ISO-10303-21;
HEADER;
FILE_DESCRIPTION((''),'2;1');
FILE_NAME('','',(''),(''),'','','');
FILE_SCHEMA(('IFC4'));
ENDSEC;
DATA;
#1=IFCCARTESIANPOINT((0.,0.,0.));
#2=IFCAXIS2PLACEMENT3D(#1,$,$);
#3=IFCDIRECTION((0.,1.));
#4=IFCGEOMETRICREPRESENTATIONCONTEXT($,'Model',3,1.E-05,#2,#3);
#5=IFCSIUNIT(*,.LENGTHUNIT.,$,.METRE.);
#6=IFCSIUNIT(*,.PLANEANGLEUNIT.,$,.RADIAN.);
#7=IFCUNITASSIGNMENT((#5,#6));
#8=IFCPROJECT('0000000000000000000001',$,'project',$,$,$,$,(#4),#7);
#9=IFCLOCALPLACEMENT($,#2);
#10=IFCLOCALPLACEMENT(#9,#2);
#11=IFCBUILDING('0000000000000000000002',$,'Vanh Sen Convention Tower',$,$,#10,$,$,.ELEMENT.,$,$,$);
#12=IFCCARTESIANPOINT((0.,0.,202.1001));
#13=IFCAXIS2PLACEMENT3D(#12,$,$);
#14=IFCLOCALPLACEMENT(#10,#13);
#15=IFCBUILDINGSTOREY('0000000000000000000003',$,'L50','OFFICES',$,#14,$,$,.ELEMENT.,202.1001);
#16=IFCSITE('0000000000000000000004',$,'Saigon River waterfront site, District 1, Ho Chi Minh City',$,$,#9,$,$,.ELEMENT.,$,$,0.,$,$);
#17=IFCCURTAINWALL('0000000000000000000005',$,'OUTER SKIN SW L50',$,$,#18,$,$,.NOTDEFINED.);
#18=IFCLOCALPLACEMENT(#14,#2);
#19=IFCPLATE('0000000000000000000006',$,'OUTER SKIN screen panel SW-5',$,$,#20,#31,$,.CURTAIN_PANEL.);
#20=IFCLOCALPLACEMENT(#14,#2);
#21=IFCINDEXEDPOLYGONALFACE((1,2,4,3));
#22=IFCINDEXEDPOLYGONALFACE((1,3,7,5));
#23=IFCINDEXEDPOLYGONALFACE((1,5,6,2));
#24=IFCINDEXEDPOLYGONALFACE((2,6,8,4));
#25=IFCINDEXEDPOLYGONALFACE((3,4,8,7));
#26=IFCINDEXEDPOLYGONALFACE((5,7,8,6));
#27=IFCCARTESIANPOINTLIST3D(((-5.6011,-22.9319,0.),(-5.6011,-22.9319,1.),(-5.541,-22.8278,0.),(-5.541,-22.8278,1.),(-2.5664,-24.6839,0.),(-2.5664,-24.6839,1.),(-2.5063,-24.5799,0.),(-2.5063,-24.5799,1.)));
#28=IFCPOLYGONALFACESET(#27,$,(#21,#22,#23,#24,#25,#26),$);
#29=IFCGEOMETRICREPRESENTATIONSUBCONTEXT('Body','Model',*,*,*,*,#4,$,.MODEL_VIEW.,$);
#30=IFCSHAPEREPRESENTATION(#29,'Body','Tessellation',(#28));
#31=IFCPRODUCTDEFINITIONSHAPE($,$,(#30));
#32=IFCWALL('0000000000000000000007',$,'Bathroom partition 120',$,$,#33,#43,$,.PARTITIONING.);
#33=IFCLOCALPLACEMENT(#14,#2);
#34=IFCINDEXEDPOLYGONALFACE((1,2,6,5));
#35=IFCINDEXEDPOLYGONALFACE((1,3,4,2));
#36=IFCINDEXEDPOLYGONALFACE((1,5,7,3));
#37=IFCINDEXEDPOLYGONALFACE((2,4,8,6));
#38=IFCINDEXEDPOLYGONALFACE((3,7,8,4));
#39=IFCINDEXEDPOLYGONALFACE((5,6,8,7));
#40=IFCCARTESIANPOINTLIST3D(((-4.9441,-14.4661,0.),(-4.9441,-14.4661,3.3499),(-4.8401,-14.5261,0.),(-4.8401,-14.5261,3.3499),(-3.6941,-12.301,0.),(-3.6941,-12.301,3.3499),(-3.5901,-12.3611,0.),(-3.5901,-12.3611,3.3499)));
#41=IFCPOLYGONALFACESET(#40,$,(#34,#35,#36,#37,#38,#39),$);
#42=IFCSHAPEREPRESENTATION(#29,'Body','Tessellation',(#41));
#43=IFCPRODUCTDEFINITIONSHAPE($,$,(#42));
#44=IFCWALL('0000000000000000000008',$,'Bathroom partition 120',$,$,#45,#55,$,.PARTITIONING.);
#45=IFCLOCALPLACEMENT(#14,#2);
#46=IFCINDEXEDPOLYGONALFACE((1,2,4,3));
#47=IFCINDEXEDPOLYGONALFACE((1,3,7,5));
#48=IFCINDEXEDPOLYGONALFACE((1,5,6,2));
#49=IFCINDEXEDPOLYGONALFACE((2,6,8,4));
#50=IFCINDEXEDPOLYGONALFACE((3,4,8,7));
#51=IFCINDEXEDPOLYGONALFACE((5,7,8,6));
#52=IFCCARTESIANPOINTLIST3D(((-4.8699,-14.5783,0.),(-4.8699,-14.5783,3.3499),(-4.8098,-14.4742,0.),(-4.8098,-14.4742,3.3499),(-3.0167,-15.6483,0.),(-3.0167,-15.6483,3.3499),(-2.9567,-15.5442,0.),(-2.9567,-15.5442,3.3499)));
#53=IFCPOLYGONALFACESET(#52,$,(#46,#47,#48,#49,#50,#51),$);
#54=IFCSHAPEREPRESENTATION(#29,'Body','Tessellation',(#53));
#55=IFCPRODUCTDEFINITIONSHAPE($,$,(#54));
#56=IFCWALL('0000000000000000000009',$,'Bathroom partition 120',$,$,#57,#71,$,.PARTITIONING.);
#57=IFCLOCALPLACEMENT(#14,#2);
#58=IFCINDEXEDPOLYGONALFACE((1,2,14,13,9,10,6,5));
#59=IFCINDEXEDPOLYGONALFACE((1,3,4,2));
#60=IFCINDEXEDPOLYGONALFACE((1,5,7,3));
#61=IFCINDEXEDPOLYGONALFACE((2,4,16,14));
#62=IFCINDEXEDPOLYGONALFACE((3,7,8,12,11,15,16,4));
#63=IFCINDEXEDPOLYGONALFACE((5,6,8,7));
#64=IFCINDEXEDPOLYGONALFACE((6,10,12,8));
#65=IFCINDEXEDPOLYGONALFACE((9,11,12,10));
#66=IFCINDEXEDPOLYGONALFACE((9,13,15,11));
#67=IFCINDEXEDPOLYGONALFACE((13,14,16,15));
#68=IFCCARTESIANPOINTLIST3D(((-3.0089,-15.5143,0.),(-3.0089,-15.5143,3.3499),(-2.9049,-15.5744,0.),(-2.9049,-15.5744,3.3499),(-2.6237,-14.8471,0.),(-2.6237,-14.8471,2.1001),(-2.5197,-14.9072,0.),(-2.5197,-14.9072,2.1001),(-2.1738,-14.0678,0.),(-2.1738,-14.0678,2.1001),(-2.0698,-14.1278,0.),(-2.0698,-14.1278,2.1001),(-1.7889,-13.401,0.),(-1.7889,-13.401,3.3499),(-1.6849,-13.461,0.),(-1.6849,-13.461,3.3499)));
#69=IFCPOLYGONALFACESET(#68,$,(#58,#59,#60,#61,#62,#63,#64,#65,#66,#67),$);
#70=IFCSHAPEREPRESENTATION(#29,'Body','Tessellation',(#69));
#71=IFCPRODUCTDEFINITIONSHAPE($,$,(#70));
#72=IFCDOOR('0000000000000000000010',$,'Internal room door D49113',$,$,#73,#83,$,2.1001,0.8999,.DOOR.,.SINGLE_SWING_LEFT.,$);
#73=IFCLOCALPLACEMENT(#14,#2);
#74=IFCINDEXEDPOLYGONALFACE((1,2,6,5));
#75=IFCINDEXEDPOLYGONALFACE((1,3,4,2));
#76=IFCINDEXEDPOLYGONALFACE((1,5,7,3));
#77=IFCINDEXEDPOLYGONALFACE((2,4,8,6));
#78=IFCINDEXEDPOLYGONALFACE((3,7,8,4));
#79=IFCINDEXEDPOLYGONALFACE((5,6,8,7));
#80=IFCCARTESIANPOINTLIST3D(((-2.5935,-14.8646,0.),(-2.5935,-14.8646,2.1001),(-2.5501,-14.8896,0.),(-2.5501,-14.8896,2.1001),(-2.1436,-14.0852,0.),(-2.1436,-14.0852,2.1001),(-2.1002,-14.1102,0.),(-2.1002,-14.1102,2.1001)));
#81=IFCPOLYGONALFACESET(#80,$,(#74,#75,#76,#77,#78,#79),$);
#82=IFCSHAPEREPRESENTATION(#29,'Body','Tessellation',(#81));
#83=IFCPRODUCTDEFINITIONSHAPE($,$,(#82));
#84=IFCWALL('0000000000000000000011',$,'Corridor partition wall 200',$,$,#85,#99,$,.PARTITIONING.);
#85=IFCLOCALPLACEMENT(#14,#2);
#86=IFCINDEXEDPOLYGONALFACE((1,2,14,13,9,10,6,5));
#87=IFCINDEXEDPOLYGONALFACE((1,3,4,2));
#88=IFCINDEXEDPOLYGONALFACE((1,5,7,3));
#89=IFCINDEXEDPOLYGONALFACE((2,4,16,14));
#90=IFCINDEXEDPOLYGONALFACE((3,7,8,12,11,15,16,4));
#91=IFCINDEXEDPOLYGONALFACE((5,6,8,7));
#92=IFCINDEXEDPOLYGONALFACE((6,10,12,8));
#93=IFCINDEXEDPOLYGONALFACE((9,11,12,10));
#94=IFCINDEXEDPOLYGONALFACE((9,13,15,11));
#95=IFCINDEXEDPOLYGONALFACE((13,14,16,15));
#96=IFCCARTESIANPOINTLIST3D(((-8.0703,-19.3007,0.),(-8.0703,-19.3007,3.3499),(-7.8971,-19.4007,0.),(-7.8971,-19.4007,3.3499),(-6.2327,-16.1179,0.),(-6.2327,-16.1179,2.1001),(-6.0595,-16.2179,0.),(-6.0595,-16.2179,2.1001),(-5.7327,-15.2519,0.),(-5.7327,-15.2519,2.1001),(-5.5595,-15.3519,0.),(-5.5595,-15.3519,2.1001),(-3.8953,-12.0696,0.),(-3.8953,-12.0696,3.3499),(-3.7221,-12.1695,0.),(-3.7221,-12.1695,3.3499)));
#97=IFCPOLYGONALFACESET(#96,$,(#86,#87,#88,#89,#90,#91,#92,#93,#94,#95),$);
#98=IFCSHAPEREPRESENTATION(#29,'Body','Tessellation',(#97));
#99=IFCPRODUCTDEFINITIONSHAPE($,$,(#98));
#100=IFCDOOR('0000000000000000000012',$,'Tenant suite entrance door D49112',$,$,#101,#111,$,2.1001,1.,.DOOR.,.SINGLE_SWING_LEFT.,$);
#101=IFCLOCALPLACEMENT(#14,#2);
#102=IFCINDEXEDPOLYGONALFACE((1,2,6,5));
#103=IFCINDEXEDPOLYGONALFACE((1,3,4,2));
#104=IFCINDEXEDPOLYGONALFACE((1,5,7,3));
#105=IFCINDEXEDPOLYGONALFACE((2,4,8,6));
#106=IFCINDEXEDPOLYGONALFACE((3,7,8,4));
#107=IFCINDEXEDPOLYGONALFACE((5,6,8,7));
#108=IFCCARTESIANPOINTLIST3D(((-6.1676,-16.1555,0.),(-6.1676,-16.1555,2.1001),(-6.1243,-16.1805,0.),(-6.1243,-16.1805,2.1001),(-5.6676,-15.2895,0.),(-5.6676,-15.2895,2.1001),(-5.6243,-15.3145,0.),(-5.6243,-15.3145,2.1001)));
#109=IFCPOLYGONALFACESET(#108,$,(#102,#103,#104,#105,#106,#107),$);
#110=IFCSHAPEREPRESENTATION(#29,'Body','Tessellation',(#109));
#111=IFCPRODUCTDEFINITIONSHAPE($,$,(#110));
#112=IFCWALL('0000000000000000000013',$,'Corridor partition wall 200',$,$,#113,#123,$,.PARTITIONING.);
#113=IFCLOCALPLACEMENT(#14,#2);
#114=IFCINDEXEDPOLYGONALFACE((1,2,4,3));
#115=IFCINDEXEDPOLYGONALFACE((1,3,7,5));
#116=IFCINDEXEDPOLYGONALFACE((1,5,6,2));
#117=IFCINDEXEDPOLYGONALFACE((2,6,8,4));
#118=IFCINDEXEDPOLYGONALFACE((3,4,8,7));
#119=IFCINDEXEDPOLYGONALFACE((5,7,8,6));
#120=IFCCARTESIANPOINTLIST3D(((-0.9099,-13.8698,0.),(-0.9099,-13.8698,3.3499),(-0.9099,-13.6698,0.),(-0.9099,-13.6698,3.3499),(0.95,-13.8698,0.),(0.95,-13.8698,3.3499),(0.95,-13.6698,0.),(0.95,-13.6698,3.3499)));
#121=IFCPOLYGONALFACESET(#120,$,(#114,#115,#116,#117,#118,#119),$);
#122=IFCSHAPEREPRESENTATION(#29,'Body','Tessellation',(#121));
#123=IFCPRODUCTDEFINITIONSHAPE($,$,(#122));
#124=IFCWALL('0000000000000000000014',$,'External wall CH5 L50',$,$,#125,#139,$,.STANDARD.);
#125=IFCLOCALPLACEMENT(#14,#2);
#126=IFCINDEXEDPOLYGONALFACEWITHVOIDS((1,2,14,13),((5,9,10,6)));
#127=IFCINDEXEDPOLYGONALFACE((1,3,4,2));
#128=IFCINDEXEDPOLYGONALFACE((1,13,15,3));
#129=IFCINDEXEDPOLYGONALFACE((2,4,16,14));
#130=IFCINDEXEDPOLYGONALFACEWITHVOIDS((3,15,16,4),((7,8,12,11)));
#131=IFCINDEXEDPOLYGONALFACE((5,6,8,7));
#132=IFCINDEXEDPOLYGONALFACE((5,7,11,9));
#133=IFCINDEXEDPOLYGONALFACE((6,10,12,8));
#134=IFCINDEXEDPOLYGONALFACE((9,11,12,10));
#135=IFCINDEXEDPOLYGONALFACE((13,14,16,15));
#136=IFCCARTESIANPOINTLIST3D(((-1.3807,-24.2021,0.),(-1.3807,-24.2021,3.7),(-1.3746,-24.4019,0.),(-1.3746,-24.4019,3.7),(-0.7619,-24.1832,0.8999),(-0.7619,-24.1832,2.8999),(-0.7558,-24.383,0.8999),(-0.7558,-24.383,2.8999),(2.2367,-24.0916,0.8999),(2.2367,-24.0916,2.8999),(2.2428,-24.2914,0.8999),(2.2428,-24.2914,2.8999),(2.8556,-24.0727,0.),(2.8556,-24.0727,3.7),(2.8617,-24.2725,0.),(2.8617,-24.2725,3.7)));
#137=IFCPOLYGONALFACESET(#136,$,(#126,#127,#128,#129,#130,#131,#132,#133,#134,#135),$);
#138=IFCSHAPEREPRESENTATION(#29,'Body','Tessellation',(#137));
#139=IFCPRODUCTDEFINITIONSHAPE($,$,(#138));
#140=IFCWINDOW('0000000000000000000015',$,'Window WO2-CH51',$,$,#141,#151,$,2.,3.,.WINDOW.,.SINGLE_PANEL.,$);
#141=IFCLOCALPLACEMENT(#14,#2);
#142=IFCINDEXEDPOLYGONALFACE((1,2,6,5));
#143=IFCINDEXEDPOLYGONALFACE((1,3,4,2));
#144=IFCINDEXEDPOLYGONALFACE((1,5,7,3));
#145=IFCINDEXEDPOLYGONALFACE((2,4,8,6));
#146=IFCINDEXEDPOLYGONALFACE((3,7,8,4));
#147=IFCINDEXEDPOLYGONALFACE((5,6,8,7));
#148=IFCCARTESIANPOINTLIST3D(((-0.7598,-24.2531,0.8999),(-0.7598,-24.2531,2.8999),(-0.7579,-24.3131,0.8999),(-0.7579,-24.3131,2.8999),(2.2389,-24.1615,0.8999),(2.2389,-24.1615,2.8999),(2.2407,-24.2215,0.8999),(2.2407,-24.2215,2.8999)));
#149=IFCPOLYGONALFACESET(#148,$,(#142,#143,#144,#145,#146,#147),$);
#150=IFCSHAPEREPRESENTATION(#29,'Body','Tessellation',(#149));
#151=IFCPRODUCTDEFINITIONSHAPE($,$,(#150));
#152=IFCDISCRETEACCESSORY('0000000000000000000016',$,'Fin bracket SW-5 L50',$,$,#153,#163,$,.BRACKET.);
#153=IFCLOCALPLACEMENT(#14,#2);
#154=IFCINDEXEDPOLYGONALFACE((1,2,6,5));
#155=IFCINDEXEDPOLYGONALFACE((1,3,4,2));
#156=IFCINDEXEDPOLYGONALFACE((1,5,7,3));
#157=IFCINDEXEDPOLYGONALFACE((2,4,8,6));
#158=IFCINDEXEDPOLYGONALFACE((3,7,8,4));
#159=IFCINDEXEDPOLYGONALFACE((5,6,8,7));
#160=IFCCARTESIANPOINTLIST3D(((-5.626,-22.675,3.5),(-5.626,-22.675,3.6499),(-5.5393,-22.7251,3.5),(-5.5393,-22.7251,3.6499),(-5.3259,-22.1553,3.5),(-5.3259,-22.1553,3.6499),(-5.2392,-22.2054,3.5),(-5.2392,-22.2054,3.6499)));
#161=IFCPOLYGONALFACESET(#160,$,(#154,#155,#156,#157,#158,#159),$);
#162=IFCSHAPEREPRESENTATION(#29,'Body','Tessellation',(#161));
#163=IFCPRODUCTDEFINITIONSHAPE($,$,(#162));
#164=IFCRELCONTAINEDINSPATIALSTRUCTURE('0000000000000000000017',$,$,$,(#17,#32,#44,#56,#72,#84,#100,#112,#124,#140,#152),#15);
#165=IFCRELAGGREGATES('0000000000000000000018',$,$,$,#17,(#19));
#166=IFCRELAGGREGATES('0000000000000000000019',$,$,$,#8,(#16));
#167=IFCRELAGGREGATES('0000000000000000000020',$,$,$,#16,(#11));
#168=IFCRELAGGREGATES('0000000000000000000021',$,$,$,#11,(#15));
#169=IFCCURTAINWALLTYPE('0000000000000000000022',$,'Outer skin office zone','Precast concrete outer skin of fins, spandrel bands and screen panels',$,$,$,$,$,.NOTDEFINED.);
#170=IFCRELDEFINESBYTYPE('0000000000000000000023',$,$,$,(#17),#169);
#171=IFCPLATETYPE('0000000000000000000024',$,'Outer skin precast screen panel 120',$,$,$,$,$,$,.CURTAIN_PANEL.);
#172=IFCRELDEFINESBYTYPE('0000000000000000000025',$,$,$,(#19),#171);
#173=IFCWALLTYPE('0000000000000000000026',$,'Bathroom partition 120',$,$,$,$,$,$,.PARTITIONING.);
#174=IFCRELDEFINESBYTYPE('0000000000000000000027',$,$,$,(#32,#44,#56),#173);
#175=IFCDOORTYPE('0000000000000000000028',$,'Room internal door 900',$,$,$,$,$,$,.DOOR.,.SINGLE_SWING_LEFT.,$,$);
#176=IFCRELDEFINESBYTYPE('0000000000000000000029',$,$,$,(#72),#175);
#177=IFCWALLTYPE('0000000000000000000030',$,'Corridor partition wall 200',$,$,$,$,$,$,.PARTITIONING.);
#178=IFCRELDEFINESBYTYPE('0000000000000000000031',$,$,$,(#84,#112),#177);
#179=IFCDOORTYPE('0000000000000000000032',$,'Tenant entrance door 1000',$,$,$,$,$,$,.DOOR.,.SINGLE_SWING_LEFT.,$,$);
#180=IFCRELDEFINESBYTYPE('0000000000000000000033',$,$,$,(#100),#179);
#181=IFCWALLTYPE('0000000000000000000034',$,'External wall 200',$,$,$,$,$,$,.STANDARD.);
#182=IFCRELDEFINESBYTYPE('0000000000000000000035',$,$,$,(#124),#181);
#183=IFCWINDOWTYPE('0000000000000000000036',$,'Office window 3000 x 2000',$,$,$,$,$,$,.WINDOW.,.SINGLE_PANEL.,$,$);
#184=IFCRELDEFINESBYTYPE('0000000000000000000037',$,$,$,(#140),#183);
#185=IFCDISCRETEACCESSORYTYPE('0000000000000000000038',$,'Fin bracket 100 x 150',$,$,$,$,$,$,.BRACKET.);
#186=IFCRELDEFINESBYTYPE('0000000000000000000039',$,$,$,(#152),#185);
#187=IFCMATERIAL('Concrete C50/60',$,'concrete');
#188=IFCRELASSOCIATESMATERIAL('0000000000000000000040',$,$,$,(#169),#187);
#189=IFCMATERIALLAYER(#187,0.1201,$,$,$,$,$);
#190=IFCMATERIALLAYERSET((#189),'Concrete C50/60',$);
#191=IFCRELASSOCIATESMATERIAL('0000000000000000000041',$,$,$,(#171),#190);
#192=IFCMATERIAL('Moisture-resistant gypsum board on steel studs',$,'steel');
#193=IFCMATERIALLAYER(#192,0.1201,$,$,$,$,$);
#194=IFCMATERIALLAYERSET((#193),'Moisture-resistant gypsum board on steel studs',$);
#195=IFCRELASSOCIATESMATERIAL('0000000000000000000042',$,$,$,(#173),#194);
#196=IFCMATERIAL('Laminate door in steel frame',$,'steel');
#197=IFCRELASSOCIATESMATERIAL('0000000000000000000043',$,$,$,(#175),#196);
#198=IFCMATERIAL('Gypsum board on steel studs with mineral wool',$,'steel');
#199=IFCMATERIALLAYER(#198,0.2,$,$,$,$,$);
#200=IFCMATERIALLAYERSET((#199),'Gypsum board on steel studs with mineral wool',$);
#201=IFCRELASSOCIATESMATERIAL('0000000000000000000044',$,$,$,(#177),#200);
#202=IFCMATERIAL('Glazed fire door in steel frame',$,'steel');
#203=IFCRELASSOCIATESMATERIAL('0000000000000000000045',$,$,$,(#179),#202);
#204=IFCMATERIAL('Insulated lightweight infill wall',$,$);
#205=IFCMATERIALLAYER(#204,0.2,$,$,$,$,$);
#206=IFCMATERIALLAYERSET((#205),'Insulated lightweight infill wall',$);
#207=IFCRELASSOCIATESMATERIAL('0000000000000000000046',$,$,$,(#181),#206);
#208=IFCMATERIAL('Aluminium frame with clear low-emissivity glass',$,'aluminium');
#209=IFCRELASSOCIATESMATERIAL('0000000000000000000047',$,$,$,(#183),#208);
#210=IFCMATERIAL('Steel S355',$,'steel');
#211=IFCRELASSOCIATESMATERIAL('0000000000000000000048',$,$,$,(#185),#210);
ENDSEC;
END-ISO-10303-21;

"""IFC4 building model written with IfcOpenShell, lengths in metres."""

from ifc_helpers import new_model, si_unit, direction, frame, frame_2d, origin, origin_2d, place, context, subcontext, project, spatial, rectangle, extrude, material, layer, layer_set, type_object, element, fill, aggregate, save


model = new_model("IFC4")

# Units and contexts
model_context = context("Model", 3, precision=1e-05, world=origin(), true_north=direction((0.0, 1.0)))
body_context = subcontext(model_context, "Body", "Model", "MODEL_VIEW")
ifc_project = project(units=[si_unit("LENGTHUNIT", "METRE"), si_unit("PLANEANGLEUNIT", "RADIAN")], contexts=[model_context])

# Site, building, storey
site_placement = place(None, origin())
site = spatial("IfcSite", under=ifc_project, at=site_placement, Name="Saigon River waterfront site, District 1, Ho Chi Minh City", CompositionType="ELEMENT", RefElevation=0.0)
building_placement = place(site_placement, origin())
building = spatial("IfcBuilding", under=site, at=building_placement, Name="Vanh Sen Convention Tower", CompositionType="ELEMENT")
storey_placement = place(building_placement, frame((0.0, 0.0, 202.1001)))
storey = spatial("IfcBuildingStorey", under=building, at=storey_placement, Name="L50", Description="OFFICES", CompositionType="ELEMENT", Elevation=202.1001)

# Curtain wall
ifc_material_1 = material(Name="Concrete C50/60", Category="concrete")
curtain_wall_type = type_object("IfcCurtainWallType", Name="Outer skin office zone", Description="Precast concrete outer skin of fins, spandrel bands and screen panels", PredefinedType="NOTDEFINED", material=ifc_material_1)
curtain_wall_1_placement = place(storey_placement, origin())
curtain_wall_1 = element("IfcCurtainWall", 1, at=curtain_wall_1_placement, inside=storey, type_object=curtain_wall_type, Name="OUTER SKIN SW L50", PredefinedType="NOTDEFINED")

# Plate
ifc_layer_1 = layer(ifc_material_1, 0.1201)
ifc_layer_set_1 = layer_set([ifc_layer_1], Name="Concrete C50/60")
plate_type = type_object("IfcPlateType", Name="Outer skin precast screen panel 120", PredefinedType="CURTAIN_PANEL", material=ifc_layer_set_1)
plate_1_placement = place(storey_placement, frame((-4.0537, -23.7559, 0.0), z_axis=(0.0, 0.0, 1.0), x_axis=(0.866035, -0.499983, 0.0)))
plate_1 = element("IfcPlate", 2, at=plate_1_placement, type_object=plate_type, Name="OUTER SKIN screen panel SW-5", PredefinedType="CURTAIN_PANEL", context=body_context, shape_type="SweptSolid", body=[
    extrude(rectangle(XDim=3.5042, YDim=0.1201, at=origin_2d()), origin(), (0.0, 0.0, 1.0), 1.0),
])
aggregate(curtain_wall_1, [plate_1])

# Walls
ifc_material_2 = material(Name="Moisture-resistant gypsum board on steel studs", Category="steel")
ifc_layer_2 = layer(ifc_material_2, 0.1201)
ifc_layer_set_2 = layer_set([ifc_layer_2], Name="Moisture-resistant gypsum board on steel studs")
wall_type_1 = type_object("IfcWallType", Name="Bathroom partition 120", PredefinedType="PARTITIONING", material=ifc_layer_set_2)
wall_1_placement = place(storey_placement, frame((-4.8921, -14.4961, 0.0), z_axis=(0.0, 0.0, 1.0), x_axis=(0.500004, 0.866023, 0.0)))
element("IfcWall", 3, at=wall_1_placement, inside=storey, type_object=wall_type_1, Name="Bathroom partition 120", PredefinedType="PARTITIONING", context=body_context, shape_type="SweptSolid", body=[
    extrude(rectangle(XDim=2.5, YDim=0.1201, at=frame_2d((1.25, 0.0))), origin(), (0.0, 0.0, 1.0), 3.3499),
])
wall_2_placement = place(storey_placement, frame((-2.9868, -15.5962, 0.0), z_axis=(0.0, 0.0, 1.0), x_axis=(-0.866009, 0.500029, 0.0)))
element("IfcWall", 4, at=wall_2_placement, inside=storey, type_object=wall_type_1, Name="Bathroom partition 120", PredefinedType="PARTITIONING", context=body_context, shape_type="SweptSolid", body=[
    extrude(rectangle(XDim=2.1399, YDim=0.1201, at=frame_2d((1.0698, 0.0))), origin(), (0.0, 0.0, 1.0), 3.3499),
])

# Walls, openings, doors
wall_3_placement = place(storey_placement, frame((-1.7368, -13.4309, 0.0), z_axis=(0.0, 0.0, 1.0), x_axis=(-0.499959, -0.866049, 0.0)))
wall_3 = element("IfcWall", 5, at=wall_3_placement, inside=storey, type_object=wall_type_1, Name="Bathroom partition 120", PredefinedType="PARTITIONING", context=body_context, shape_type="SweptSolid", body=[
    extrude(rectangle(XDim=2.4402, YDim=0.1201, at=frame_2d((1.2202, 0.0))), origin(), (0.0, 0.0, 1.0), 3.3499),
])
opening_1_placement = place(wall_3_placement, frame((0.77, 0.0, 0.0)))
opening_1 = element("IfcOpeningElement", 6, at=opening_1_placement, cuts=wall_3, PredefinedType="OPENING", context=body_context, shape_type="SweptSolid", body=[
    extrude(rectangle(XDim=0.8999, YDim=2.1001, at=frame_2d((0.45, 1.05))), frame((0.0, 0.0701, 0.0), z_axis=(0.0, -1.0, 0.0), x_axis=(1.0, 0.0, 0.0)), (0.0, 0.0, 1.0), 0.1401),
])
ifc_material_3 = material(Name="Laminate door in steel frame", Category="steel")
door_type_1 = type_object("IfcDoorType", Name="Room internal door 900", OperationType="SINGLE_SWING_LEFT", PredefinedType="DOOR", material=ifc_material_3)
door_1_placement = place(opening_1_placement, origin())
door_1 = element("IfcDoor", 7, at=door_1_placement, inside=storey, type_object=door_type_1, Name="Internal room door D49113", OperationType="SINGLE_SWING_LEFT", OverallHeight=2.1001, OverallWidth=0.8999, PredefinedType="DOOR", context=body_context, shape_type="SweptSolid", body=[
    extrude(rectangle(XDim=0.8999, YDim=2.1001, at=frame_2d((0.45, 1.05))), frame((0.0, 0.0249, 0.0), z_axis=(0.0, -1.0, 0.0), x_axis=(1.0, 0.0, 0.0)), (0.0, 0.0, 1.0), 0.05),
])
fill(opening_1, door_1)
ifc_material_4 = material(Name="Gypsum board on steel studs with mineral wool", Category="steel")
ifc_layer_3 = layer(ifc_material_4, 0.2)
ifc_layer_set_3 = layer_set([ifc_layer_3], Name="Gypsum board on steel studs with mineral wool")
wall_type_2 = type_object("IfcWallType", Name="Corridor partition wall 200", PredefinedType="PARTITIONING", material=ifc_layer_set_3)
wall_4_placement = place(storey_placement, frame((-7.9836, -19.3506, 0.0), z_axis=(0.0, 0.0, 1.0), x_axis=(0.50001, 0.86602, 0.0)))
wall_4 = element("IfcWall", 8, at=wall_4_placement, inside=storey, type_object=wall_type_2, Name="Corridor partition wall 200", PredefinedType="PARTITIONING", context=body_context, shape_type="SweptSolid", body=[
    extrude(rectangle(XDim=8.3499, YDim=0.2, at=frame_2d((4.1748, 0.0))), origin(), (0.0, 0.0, 1.0), 3.3499),
])
opening_2_placement = place(wall_4_placement, frame((3.675, 0.0, 0.0)))
opening_2 = element("IfcOpeningElement", 9, at=opening_2_placement, cuts=wall_4, PredefinedType="OPENING", context=body_context, shape_type="SweptSolid", body=[
    extrude(rectangle(XDim=1.0, YDim=2.1001, at=frame_2d((0.5, 1.05))), frame((0.0, 0.1099, 0.0), z_axis=(0.0, -1.0, 0.0), x_axis=(1.0, 0.0, 0.0)), (0.0, 0.0, 1.0), 0.22),
])
ifc_material_5 = material(Name="Glazed fire door in steel frame", Category="steel")
door_type_2 = type_object("IfcDoorType", Name="Tenant entrance door 1000", OperationType="SINGLE_SWING_LEFT", PredefinedType="DOOR", material=ifc_material_5)
door_2_placement = place(opening_2_placement, origin())
door_2 = element("IfcDoor", 10, at=door_2_placement, inside=storey, type_object=door_type_2, Name="Tenant suite entrance door D49112", OperationType="SINGLE_SWING_LEFT", OverallHeight=2.1001, OverallWidth=1.0, PredefinedType="DOOR", context=body_context, shape_type="SweptSolid", body=[
    extrude(rectangle(XDim=1.0, YDim=2.1001, at=frame_2d((0.5, 1.05))), frame((0.0, 0.0249, 0.0), z_axis=(0.0, -1.0, 0.0), x_axis=(1.0, 0.0, 0.0)), (0.0, 0.0, 1.0), 0.05),
])
fill(opening_2, door_2)

# Wall
wall_5_placement = place(storey_placement, frame((-0.9099, -13.7698, 0.0), z_axis=(0.0, 0.0, 1.0), x_axis=(1.0, 0.0, 0.0)))
element("IfcWall", 11, at=wall_5_placement, inside=storey, type_object=wall_type_2, Name="Corridor partition wall 200", PredefinedType="PARTITIONING", context=body_context, shape_type="SweptSolid", body=[
    extrude(rectangle(XDim=1.8599, YDim=0.2, at=frame_2d((0.9299, 0.0))), origin(), (0.0, 0.0, 1.0), 3.3499),
])

# Wall, opening, window
ifc_material_6 = material(Name="Insulated lightweight infill wall")
ifc_layer_4 = layer(ifc_material_6, 0.2)
ifc_layer_set_4 = layer_set([ifc_layer_4], Name="Insulated lightweight infill wall")
wall_type_3 = type_object("IfcWallType", Name="External wall 200", PredefinedType="STANDARD", material=ifc_layer_set_4)
wall_6_placement = place(storey_placement, frame((-1.3777, -24.302, 0.0), z_axis=(0.0, 0.0, 1.0), x_axis=(0.999534, 0.03053, 0.0)))
wall_6 = element("IfcWall", 12, at=wall_6_placement, inside=storey, type_object=wall_type_3, Name="External wall CH5 L50", PredefinedType="STANDARD", context=body_context, shape_type="SweptSolid", body=[
    extrude(rectangle(XDim=4.2383, YDim=0.2, at=frame_2d((2.1191, 0.0))), origin(), (0.0, 0.0, 1.0), 3.7),
])
opening_3_placement = place(wall_6_placement, frame((0.6191, 0.0, 0.8999)))
opening_3 = element("IfcOpeningElement", 13, at=opening_3_placement, cuts=wall_6, PredefinedType="OPENING", context=body_context, shape_type="SweptSolid", body=[
    extrude(rectangle(XDim=3.0, YDim=2.0, at=frame_2d((1.5, 1.0))), frame((0.0, 0.1099, 0.0), z_axis=(0.0, -1.0, 0.0), x_axis=(1.0, 0.0, 0.0)), (0.0, 0.0, 1.0), 0.22),
])
ifc_material_7 = material(Name="Aluminium frame with clear low-emissivity glass", Category="aluminium")
window_type = type_object("IfcWindowType", Name="Office window 3000 x 2000", PartitioningType="SINGLE_PANEL", PredefinedType="WINDOW", material=ifc_material_7)
window_placement = place(opening_3_placement, origin())
window = element("IfcWindow", 14, at=window_placement, inside=storey, type_object=window_type, Name="Window WO2-CH51", OverallHeight=2.0, OverallWidth=3.0, PartitioningType="SINGLE_PANEL", PredefinedType="WINDOW", context=body_context, shape_type="SweptSolid", body=[
    extrude(rectangle(XDim=3.0, YDim=2.0, at=frame_2d((1.5, 1.0))), frame((0.0, 0.03, 0.0), z_axis=(0.0, -1.0, 0.0), x_axis=(1.0, 0.0, 0.0)), (0.0, 0.0, 1.0), 0.0601),
])
fill(opening_3, window)

# Discrete accessory
ifc_material_8 = material(Name="Steel S355", Category="steel")
discrete_accessory_type = type_object("IfcDiscreteAccessoryType", Name="Fin bracket 100 x 150", PredefinedType="BRACKET", material=ifc_material_8)
discrete_accessory_placement = place(storey_placement, frame((-5.4326, -22.4402, 3.5), z_axis=(0.0, 0.0, 1.0), x_axis=(-0.5, -0.866025, 0.0)))
element("IfcDiscreteAccessory", 15, at=discrete_accessory_placement, inside=storey, type_object=discrete_accessory_type, Name="Fin bracket SW-5 L50", PredefinedType="BRACKET", context=body_context, shape_type="SweptSolid", body=[
    extrude(rectangle(XDim=0.6001, YDim=0.1001, at=origin_2d()), origin(), (0.0, 0.0, 1.0), 0.1499),
])

save(model, "model.ifc")
